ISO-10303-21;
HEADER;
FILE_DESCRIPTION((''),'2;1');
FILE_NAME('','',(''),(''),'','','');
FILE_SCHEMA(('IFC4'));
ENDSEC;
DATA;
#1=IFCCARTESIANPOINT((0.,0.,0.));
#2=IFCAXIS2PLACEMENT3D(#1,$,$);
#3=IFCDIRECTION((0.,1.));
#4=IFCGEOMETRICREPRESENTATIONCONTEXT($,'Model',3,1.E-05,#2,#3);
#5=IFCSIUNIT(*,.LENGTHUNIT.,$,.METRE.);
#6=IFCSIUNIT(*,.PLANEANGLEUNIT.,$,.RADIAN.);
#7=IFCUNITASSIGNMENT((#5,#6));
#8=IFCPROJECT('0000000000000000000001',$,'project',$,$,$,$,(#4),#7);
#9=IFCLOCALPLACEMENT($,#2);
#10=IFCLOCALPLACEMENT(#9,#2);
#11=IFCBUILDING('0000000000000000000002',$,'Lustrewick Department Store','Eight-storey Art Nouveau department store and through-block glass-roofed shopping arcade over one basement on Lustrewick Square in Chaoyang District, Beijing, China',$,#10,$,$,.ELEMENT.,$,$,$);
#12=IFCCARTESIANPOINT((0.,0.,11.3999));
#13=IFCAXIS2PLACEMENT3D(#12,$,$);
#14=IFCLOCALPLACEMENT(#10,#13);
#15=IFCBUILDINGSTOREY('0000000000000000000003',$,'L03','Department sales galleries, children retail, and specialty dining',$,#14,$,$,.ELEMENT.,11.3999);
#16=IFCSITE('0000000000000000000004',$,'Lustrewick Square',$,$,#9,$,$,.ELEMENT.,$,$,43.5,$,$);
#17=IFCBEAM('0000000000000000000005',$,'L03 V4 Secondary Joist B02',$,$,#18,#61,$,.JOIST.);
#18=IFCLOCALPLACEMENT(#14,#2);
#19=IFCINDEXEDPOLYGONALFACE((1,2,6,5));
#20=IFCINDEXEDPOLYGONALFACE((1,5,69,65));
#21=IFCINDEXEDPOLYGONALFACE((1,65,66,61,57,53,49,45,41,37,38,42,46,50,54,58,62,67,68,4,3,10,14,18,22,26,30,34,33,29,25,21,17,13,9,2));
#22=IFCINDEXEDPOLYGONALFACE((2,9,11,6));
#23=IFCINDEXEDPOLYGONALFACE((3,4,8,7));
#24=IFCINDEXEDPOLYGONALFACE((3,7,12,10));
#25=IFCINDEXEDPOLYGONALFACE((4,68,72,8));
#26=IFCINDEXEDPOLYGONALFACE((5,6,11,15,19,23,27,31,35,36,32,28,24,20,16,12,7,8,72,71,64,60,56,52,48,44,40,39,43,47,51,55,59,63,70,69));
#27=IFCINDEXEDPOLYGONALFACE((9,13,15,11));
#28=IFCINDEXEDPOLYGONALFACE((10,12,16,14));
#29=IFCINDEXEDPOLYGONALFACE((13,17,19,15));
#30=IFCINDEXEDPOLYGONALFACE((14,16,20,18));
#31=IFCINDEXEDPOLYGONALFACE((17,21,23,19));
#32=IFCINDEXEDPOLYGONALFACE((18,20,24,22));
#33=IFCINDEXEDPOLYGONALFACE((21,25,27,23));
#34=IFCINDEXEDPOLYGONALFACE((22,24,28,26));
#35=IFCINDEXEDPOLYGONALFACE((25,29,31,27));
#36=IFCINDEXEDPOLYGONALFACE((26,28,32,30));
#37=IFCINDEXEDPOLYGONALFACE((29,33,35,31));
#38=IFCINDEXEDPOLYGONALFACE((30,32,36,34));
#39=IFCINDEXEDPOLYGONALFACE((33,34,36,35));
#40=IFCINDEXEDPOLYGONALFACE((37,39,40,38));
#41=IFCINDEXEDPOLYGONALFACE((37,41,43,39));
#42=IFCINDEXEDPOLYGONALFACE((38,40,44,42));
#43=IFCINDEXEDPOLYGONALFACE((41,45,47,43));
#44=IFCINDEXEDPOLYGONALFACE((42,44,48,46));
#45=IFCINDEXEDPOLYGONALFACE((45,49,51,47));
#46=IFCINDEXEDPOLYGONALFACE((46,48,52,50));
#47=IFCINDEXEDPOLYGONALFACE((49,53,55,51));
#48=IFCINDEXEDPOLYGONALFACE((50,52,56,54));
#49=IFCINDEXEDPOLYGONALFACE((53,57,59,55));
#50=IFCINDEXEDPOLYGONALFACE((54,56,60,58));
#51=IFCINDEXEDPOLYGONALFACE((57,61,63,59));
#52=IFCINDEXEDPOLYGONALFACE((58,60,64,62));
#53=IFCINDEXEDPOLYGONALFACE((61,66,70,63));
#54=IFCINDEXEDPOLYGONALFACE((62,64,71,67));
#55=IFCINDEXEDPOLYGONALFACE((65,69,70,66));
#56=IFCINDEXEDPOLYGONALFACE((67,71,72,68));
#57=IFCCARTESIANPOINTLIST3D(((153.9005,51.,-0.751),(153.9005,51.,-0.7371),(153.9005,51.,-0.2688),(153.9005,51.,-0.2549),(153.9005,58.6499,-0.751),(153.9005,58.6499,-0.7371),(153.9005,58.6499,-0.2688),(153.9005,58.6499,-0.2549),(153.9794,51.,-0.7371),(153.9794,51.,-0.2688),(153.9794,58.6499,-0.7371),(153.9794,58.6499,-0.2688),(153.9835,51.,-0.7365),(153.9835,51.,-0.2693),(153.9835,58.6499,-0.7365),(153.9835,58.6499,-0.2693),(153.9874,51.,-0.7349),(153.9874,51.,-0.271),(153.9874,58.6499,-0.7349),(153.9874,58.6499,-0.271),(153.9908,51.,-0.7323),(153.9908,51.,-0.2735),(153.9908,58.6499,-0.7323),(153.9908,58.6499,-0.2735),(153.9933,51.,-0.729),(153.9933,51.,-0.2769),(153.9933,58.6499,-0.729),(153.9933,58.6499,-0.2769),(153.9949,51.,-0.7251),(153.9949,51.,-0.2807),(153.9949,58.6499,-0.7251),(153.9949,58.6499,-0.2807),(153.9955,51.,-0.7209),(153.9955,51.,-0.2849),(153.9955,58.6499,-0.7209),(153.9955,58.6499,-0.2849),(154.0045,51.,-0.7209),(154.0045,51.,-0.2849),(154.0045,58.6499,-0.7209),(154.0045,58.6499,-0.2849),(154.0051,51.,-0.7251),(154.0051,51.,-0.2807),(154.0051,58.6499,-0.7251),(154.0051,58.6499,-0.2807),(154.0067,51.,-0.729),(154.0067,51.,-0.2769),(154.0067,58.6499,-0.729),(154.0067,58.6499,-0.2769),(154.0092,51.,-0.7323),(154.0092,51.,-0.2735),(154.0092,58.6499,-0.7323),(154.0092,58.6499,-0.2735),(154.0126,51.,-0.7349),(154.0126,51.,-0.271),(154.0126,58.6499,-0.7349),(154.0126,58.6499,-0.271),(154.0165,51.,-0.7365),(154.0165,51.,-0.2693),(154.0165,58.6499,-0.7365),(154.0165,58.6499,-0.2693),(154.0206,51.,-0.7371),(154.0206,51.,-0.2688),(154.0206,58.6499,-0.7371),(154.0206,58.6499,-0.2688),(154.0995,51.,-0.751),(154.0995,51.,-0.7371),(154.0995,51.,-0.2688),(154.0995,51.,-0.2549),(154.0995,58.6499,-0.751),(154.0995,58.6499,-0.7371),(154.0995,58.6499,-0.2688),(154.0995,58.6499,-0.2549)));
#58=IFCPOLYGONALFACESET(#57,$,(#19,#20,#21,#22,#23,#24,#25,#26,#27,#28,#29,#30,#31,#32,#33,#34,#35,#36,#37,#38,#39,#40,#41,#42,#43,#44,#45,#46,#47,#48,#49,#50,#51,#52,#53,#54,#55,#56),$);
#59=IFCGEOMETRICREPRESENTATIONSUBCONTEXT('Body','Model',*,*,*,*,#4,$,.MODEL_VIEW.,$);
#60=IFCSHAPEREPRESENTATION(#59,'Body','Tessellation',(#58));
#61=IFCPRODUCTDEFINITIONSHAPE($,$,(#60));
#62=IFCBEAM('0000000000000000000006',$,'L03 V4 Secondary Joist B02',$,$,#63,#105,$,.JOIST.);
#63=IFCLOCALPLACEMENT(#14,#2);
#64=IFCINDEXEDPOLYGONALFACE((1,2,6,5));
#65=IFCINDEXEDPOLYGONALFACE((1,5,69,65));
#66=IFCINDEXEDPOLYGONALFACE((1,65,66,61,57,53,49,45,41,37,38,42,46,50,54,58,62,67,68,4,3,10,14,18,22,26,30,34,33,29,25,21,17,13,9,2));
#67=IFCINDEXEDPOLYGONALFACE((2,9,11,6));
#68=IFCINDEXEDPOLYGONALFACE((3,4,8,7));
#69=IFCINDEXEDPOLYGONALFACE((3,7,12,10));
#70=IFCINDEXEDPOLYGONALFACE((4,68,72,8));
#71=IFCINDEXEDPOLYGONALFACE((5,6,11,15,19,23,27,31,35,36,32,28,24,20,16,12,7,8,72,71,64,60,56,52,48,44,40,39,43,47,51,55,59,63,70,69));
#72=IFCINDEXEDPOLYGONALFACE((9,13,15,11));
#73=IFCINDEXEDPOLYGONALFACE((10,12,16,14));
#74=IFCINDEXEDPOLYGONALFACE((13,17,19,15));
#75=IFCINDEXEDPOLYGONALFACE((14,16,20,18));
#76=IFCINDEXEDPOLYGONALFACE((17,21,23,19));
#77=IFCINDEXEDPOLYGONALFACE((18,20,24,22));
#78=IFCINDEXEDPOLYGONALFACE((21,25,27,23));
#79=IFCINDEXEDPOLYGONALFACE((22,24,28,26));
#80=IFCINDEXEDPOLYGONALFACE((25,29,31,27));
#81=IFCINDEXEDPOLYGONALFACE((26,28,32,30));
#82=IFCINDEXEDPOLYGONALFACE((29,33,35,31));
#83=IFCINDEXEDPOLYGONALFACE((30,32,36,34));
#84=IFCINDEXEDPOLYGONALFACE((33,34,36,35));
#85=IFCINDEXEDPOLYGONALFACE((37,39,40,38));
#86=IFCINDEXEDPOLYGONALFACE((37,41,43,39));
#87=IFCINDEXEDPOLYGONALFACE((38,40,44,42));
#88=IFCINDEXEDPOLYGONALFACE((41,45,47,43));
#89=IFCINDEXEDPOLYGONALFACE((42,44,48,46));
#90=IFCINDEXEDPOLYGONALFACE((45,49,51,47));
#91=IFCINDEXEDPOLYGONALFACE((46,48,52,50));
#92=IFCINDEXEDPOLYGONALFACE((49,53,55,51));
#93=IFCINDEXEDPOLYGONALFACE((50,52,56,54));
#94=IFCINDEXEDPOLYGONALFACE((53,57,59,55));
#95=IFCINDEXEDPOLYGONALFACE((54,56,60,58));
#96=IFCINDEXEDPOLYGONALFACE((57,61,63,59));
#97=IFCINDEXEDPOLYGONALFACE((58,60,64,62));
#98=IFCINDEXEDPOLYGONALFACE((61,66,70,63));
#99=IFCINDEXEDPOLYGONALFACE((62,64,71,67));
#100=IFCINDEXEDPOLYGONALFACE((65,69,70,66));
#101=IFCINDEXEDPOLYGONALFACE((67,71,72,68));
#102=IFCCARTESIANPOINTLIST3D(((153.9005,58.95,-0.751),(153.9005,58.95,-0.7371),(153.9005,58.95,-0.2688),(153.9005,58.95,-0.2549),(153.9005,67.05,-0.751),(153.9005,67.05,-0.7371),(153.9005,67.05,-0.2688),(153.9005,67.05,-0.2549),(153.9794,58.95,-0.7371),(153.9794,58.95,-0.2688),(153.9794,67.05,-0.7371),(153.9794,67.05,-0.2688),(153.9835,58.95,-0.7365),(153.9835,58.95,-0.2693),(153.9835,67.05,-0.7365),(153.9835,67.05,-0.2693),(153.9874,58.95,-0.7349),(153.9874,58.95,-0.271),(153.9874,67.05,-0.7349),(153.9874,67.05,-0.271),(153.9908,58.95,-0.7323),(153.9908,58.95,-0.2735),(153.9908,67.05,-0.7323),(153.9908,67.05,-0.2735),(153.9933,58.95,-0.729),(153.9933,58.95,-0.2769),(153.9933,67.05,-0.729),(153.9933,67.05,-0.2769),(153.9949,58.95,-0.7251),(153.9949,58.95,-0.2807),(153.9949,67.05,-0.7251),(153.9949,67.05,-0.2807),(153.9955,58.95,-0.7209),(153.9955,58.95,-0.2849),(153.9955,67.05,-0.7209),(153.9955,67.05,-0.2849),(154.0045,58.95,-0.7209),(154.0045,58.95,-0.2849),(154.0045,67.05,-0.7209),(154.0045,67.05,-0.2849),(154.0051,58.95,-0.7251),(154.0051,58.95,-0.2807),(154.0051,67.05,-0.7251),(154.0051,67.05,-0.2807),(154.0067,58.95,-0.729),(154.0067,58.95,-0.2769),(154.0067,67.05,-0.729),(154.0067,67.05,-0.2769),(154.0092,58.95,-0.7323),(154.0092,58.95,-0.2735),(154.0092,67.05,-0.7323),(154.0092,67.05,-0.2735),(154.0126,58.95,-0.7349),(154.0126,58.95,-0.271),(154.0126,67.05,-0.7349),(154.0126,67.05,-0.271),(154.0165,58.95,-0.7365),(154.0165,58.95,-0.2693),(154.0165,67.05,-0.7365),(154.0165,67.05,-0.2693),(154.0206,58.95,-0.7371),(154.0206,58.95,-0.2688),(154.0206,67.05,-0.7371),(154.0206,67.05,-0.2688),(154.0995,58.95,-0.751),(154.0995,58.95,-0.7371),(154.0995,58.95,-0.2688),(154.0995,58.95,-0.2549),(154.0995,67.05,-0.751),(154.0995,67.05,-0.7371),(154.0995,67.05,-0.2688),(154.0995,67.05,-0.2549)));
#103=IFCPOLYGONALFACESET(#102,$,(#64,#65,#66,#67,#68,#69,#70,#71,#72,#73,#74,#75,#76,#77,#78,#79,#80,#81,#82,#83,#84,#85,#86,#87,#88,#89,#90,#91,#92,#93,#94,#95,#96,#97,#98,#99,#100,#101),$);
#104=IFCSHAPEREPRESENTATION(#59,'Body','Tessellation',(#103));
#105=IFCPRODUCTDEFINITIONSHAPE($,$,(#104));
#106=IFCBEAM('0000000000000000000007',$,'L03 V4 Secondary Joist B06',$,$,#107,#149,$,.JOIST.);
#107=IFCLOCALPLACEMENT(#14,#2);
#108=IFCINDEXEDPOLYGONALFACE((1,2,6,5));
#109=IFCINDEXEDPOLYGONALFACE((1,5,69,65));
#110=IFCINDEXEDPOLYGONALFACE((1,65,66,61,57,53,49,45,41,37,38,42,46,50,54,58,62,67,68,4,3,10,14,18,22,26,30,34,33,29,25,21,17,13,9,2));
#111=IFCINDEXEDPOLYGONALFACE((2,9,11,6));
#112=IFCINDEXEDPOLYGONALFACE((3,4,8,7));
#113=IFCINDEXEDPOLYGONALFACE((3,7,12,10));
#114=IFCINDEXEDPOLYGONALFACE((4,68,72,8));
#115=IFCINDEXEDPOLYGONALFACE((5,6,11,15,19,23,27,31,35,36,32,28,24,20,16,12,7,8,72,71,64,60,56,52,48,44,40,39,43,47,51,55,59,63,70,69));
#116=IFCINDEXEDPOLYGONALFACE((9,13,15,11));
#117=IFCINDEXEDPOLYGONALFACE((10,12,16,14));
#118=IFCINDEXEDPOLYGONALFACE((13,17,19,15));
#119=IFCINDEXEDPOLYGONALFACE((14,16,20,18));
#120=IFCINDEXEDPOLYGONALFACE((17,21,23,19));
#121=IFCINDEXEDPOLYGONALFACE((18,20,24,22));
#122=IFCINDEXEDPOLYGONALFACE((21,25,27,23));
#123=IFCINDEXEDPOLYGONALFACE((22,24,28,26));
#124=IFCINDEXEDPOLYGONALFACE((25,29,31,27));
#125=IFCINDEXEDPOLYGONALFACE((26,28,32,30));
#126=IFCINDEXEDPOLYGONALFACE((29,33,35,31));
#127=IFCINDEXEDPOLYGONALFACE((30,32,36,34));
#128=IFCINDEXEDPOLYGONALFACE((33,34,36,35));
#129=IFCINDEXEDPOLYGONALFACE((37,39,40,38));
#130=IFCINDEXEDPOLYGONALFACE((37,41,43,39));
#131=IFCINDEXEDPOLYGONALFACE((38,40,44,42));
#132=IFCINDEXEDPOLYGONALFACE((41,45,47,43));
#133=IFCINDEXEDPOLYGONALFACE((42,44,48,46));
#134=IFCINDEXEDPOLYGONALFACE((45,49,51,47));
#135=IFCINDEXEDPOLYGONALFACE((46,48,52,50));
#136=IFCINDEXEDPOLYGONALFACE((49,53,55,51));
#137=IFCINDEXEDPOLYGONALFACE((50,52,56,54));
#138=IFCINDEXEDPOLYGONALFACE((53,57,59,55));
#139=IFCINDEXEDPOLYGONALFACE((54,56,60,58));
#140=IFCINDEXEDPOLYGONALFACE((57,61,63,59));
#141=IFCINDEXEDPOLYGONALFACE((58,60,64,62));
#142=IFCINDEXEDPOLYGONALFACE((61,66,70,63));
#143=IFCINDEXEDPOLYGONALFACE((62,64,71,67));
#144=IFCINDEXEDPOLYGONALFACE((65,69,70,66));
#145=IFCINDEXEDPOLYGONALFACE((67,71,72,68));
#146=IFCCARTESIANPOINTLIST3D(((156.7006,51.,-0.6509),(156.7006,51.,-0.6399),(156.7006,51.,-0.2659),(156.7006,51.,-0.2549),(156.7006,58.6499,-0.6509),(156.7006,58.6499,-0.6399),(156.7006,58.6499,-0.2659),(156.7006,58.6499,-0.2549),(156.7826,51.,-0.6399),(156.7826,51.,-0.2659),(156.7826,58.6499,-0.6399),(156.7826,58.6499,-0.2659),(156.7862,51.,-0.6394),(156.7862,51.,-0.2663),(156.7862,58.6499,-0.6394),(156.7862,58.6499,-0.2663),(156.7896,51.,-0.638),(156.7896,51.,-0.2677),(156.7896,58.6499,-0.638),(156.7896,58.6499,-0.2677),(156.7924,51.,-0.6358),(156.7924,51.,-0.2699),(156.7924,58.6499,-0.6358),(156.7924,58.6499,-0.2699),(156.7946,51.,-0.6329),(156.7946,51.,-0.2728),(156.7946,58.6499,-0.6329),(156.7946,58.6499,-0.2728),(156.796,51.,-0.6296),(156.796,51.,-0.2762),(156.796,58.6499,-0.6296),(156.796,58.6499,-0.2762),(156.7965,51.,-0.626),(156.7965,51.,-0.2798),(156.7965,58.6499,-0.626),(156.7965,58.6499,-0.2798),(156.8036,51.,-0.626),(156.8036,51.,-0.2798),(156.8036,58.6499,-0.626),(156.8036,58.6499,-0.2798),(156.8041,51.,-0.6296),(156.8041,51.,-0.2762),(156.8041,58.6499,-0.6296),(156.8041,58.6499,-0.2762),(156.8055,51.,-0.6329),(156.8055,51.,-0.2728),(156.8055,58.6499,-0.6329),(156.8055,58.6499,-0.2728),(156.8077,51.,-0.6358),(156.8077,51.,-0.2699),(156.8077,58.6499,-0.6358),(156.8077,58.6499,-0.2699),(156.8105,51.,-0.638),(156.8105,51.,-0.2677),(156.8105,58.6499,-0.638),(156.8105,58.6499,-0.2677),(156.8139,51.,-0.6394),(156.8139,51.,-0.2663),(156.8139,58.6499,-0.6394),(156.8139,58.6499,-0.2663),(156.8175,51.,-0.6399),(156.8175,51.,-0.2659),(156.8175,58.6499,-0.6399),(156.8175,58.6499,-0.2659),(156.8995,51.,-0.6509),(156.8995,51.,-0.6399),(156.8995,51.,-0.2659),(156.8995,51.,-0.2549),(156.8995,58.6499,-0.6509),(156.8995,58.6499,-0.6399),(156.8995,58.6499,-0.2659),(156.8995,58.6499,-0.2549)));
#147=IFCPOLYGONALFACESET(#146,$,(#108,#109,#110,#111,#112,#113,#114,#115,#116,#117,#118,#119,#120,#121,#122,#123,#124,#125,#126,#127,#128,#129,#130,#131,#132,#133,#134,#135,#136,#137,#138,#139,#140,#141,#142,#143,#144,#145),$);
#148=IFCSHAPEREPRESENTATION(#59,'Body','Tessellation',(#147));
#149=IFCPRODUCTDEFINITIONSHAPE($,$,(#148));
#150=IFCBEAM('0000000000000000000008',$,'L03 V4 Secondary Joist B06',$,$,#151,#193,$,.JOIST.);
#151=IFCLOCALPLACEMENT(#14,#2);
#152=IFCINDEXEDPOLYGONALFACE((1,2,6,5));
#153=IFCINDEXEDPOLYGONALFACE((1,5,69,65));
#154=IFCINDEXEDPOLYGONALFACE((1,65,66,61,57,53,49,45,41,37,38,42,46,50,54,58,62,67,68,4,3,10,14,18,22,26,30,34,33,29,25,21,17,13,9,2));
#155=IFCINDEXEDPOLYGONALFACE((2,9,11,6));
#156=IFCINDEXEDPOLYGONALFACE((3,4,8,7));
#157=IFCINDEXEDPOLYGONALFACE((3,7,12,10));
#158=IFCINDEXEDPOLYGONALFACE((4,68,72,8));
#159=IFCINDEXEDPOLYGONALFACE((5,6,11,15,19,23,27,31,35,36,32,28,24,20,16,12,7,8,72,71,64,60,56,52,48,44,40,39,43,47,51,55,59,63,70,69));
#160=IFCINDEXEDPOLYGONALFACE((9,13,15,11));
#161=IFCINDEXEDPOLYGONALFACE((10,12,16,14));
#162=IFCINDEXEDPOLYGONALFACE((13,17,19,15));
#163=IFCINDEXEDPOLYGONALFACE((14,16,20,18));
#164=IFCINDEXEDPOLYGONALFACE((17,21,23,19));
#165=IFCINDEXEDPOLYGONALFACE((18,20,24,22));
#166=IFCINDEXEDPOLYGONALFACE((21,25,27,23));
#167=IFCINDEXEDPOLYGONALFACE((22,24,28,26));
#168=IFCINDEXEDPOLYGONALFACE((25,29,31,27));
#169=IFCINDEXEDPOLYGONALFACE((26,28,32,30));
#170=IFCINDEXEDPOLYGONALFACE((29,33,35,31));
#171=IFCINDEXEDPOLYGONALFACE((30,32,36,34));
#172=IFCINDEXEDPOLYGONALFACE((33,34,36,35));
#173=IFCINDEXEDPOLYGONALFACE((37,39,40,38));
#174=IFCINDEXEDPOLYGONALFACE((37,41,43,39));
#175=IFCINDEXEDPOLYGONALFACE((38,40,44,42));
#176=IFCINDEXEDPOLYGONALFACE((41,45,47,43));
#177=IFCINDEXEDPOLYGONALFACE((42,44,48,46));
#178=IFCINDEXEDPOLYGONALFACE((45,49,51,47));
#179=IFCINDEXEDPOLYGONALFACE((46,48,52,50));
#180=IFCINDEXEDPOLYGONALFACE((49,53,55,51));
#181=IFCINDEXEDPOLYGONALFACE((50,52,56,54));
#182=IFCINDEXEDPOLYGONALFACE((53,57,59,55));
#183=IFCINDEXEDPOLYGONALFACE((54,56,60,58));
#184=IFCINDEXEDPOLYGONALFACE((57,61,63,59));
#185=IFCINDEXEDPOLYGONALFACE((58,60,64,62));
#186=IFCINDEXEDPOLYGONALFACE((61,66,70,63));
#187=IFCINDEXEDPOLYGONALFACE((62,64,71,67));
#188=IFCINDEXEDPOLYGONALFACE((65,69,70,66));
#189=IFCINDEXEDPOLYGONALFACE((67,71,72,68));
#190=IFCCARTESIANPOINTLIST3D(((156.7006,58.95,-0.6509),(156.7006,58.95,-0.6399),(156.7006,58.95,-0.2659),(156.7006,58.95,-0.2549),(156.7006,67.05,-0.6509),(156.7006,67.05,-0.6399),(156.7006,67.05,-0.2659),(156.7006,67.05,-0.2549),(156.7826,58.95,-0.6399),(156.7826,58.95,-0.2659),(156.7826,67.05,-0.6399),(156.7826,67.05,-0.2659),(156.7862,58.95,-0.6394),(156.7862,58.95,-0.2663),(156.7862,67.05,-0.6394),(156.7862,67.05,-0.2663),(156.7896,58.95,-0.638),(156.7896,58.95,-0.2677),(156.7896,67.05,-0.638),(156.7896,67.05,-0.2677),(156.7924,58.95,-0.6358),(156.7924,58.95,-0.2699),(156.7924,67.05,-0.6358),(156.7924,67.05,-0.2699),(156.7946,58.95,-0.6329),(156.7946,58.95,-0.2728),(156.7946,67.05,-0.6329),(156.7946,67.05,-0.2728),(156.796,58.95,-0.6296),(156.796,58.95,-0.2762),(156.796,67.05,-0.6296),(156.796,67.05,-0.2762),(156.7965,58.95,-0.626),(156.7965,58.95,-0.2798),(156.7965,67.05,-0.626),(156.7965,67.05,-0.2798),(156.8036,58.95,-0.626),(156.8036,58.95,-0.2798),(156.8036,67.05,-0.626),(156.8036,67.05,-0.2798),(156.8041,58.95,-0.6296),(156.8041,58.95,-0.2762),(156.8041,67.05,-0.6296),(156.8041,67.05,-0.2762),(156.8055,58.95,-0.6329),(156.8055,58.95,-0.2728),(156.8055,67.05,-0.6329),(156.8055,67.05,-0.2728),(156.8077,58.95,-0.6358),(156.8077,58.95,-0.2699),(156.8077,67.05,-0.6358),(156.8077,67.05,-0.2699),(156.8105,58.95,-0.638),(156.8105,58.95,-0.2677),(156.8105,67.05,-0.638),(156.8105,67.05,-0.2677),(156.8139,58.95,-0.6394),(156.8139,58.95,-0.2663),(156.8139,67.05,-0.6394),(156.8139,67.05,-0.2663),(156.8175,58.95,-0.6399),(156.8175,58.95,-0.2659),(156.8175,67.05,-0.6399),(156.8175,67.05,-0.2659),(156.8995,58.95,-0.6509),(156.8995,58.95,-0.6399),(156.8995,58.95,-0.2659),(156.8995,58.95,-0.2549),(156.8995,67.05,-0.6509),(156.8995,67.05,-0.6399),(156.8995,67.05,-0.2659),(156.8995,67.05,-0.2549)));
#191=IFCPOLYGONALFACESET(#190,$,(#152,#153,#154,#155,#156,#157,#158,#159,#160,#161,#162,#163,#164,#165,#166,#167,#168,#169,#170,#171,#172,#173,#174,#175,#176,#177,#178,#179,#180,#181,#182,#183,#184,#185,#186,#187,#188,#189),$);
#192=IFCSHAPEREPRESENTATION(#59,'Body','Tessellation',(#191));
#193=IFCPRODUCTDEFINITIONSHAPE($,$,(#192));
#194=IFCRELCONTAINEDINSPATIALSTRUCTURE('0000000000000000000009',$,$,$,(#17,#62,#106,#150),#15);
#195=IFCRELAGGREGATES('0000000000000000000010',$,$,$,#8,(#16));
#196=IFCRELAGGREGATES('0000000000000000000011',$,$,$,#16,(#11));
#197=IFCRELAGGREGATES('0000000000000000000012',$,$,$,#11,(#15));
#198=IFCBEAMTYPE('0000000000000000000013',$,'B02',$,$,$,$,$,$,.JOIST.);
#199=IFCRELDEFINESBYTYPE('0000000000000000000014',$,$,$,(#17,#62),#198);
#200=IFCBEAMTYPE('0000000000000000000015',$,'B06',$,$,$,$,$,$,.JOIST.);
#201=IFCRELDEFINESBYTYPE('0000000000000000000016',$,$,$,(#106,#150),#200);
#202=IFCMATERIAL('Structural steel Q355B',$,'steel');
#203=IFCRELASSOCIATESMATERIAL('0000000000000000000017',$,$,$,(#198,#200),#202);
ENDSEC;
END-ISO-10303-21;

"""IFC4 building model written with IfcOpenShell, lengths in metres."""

from ifc_helpers import new_model, si_unit, direction, frame, origin, origin_2d, place, context, subcontext, project, spatial, i_section, extrude, material, material_profile, profile_set, type_object, element, save


model = new_model("IFC4")

# Units and contexts
model_context = context("Model", 3, precision=1e-05, world=origin(), true_north=direction((0.0, 1.0)))
body_context = subcontext(model_context, "Body", "Model", "MODEL_VIEW")
ifc_project = project(units=[si_unit("LENGTHUNIT", "METRE"), si_unit("PLANEANGLEUNIT", "RADIAN")], contexts=[model_context])

# Site, building, storey
site_placement = place(None, origin())
site = spatial("IfcSite", under=ifc_project, at=site_placement, Name="Lustrewick Square", CompositionType="ELEMENT", RefElevation=43.5)
building_placement = place(site_placement, origin())
building = spatial("IfcBuilding", under=site, at=building_placement, Name="Lustrewick Department Store", Description="Eight-storey Art Nouveau department store and through-block glass-roofed shopping arcade over one basement on Lustrewick Square in Chaoyang District, Beijing, China", CompositionType="ELEMENT")
storey_placement = place(building_placement, frame((0.0, 0.0, 11.3999)))
storey = spatial("IfcBuildingStorey", under=building, at=storey_placement, Name="L03", Description="Department sales galleries, children retail, and specialty dining", CompositionType="ELEMENT", Elevation=11.3999)

# Shared definitions
ifc_material_1 = material(Name="Structural steel Q355B", Category="steel")

# Beams
ifc_material_profile_1 = material_profile(ifc_material_1, i_section(OverallWidth=0.199, OverallDepth=0.4961, WebThickness=0.009, FlangeThickness=0.0139, FilletRadius=0.0161, at=origin_2d()), Name="HN 496x199x9x14")
ifc_profile_set_1 = profile_set([ifc_material_profile_1], Name="Structural steel Q355B")
beam_type_1 = type_object("IfcBeamType", Name="B02", PredefinedType="JOIST", material=ifc_profile_set_1)
beam_1_placement = place(storey_placement, frame((154.0, 51.0, -0.5029), z_axis=(0.0, 1.0, 0.0), x_axis=(-1.0, 0.0, 0.0)))
element("IfcBeam", 1, at=beam_1_placement, inside=storey, type_object=beam_type_1, Name="L03 V4 Secondary Joist B02", PredefinedType="JOIST", context=body_context, shape_type="SweptSolid", body=[
    extrude(i_section(OverallWidth=0.199, OverallDepth=0.4961, WebThickness=0.009, FlangeThickness=0.0139, FilletRadius=0.0161, at=origin_2d()), origin(), (0.0, 0.0, 1.0), 7.6499),
])
beam_2_placement = place(storey_placement, frame((154.0, 58.95, -0.5029), z_axis=(0.0, 1.0, 0.0), x_axis=(-1.0, 0.0, 0.0)))
element("IfcBeam", 2, at=beam_2_placement, inside=storey, type_object=beam_type_1, Name="L03 V4 Secondary Joist B02", PredefinedType="JOIST", context=body_context, shape_type="SweptSolid", body=[
    extrude(i_section(OverallWidth=0.199, OverallDepth=0.4961, WebThickness=0.009, FlangeThickness=0.0139, FilletRadius=0.0161, at=origin_2d()), origin(), (0.0, 0.0, 1.0), 8.1001),
])
ifc_material_profile_2 = material_profile(ifc_material_1, i_section(OverallWidth=0.199, OverallDepth=0.396, WebThickness=0.0071, FlangeThickness=0.011, FilletRadius=0.0139, at=origin_2d()), Name="HN 396x199x7x11")
ifc_profile_set_2 = profile_set([ifc_material_profile_2], Name="Structural steel Q355B")
beam_type_2 = type_object("IfcBeamType", Name="B06", PredefinedType="JOIST", material=ifc_profile_set_2)
beam_3_placement = place(storey_placement, frame((156.8, 51.0, -0.4529), z_axis=(0.0, 1.0, 0.0), x_axis=(-1.0, 0.0, 0.0)))
element("IfcBeam", 3, at=beam_3_placement, inside=storey, type_object=beam_type_2, Name="L03 V4 Secondary Joist B06", PredefinedType="JOIST", context=body_context, shape_type="SweptSolid", body=[
    extrude(i_section(OverallWidth=0.199, OverallDepth=0.396, WebThickness=0.0071, FlangeThickness=0.011, FilletRadius=0.0139, at=origin_2d()), origin(), (0.0, 0.0, 1.0), 7.6499),
])
beam_4_placement = place(storey_placement, frame((156.8, 58.95, -0.4529), z_axis=(0.0, 1.0, 0.0), x_axis=(-1.0, 0.0, 0.0)))
element("IfcBeam", 4, at=beam_4_placement, inside=storey, type_object=beam_type_2, Name="L03 V4 Secondary Joist B06", PredefinedType="JOIST", context=body_context, shape_type="SweptSolid", body=[
    extrude(i_section(OverallWidth=0.199, OverallDepth=0.396, WebThickness=0.0071, FlangeThickness=0.011, FilletRadius=0.0139, at=origin_2d()), origin(), (0.0, 0.0, 1.0), 8.1001),
])

save(model, "model.ifc")
